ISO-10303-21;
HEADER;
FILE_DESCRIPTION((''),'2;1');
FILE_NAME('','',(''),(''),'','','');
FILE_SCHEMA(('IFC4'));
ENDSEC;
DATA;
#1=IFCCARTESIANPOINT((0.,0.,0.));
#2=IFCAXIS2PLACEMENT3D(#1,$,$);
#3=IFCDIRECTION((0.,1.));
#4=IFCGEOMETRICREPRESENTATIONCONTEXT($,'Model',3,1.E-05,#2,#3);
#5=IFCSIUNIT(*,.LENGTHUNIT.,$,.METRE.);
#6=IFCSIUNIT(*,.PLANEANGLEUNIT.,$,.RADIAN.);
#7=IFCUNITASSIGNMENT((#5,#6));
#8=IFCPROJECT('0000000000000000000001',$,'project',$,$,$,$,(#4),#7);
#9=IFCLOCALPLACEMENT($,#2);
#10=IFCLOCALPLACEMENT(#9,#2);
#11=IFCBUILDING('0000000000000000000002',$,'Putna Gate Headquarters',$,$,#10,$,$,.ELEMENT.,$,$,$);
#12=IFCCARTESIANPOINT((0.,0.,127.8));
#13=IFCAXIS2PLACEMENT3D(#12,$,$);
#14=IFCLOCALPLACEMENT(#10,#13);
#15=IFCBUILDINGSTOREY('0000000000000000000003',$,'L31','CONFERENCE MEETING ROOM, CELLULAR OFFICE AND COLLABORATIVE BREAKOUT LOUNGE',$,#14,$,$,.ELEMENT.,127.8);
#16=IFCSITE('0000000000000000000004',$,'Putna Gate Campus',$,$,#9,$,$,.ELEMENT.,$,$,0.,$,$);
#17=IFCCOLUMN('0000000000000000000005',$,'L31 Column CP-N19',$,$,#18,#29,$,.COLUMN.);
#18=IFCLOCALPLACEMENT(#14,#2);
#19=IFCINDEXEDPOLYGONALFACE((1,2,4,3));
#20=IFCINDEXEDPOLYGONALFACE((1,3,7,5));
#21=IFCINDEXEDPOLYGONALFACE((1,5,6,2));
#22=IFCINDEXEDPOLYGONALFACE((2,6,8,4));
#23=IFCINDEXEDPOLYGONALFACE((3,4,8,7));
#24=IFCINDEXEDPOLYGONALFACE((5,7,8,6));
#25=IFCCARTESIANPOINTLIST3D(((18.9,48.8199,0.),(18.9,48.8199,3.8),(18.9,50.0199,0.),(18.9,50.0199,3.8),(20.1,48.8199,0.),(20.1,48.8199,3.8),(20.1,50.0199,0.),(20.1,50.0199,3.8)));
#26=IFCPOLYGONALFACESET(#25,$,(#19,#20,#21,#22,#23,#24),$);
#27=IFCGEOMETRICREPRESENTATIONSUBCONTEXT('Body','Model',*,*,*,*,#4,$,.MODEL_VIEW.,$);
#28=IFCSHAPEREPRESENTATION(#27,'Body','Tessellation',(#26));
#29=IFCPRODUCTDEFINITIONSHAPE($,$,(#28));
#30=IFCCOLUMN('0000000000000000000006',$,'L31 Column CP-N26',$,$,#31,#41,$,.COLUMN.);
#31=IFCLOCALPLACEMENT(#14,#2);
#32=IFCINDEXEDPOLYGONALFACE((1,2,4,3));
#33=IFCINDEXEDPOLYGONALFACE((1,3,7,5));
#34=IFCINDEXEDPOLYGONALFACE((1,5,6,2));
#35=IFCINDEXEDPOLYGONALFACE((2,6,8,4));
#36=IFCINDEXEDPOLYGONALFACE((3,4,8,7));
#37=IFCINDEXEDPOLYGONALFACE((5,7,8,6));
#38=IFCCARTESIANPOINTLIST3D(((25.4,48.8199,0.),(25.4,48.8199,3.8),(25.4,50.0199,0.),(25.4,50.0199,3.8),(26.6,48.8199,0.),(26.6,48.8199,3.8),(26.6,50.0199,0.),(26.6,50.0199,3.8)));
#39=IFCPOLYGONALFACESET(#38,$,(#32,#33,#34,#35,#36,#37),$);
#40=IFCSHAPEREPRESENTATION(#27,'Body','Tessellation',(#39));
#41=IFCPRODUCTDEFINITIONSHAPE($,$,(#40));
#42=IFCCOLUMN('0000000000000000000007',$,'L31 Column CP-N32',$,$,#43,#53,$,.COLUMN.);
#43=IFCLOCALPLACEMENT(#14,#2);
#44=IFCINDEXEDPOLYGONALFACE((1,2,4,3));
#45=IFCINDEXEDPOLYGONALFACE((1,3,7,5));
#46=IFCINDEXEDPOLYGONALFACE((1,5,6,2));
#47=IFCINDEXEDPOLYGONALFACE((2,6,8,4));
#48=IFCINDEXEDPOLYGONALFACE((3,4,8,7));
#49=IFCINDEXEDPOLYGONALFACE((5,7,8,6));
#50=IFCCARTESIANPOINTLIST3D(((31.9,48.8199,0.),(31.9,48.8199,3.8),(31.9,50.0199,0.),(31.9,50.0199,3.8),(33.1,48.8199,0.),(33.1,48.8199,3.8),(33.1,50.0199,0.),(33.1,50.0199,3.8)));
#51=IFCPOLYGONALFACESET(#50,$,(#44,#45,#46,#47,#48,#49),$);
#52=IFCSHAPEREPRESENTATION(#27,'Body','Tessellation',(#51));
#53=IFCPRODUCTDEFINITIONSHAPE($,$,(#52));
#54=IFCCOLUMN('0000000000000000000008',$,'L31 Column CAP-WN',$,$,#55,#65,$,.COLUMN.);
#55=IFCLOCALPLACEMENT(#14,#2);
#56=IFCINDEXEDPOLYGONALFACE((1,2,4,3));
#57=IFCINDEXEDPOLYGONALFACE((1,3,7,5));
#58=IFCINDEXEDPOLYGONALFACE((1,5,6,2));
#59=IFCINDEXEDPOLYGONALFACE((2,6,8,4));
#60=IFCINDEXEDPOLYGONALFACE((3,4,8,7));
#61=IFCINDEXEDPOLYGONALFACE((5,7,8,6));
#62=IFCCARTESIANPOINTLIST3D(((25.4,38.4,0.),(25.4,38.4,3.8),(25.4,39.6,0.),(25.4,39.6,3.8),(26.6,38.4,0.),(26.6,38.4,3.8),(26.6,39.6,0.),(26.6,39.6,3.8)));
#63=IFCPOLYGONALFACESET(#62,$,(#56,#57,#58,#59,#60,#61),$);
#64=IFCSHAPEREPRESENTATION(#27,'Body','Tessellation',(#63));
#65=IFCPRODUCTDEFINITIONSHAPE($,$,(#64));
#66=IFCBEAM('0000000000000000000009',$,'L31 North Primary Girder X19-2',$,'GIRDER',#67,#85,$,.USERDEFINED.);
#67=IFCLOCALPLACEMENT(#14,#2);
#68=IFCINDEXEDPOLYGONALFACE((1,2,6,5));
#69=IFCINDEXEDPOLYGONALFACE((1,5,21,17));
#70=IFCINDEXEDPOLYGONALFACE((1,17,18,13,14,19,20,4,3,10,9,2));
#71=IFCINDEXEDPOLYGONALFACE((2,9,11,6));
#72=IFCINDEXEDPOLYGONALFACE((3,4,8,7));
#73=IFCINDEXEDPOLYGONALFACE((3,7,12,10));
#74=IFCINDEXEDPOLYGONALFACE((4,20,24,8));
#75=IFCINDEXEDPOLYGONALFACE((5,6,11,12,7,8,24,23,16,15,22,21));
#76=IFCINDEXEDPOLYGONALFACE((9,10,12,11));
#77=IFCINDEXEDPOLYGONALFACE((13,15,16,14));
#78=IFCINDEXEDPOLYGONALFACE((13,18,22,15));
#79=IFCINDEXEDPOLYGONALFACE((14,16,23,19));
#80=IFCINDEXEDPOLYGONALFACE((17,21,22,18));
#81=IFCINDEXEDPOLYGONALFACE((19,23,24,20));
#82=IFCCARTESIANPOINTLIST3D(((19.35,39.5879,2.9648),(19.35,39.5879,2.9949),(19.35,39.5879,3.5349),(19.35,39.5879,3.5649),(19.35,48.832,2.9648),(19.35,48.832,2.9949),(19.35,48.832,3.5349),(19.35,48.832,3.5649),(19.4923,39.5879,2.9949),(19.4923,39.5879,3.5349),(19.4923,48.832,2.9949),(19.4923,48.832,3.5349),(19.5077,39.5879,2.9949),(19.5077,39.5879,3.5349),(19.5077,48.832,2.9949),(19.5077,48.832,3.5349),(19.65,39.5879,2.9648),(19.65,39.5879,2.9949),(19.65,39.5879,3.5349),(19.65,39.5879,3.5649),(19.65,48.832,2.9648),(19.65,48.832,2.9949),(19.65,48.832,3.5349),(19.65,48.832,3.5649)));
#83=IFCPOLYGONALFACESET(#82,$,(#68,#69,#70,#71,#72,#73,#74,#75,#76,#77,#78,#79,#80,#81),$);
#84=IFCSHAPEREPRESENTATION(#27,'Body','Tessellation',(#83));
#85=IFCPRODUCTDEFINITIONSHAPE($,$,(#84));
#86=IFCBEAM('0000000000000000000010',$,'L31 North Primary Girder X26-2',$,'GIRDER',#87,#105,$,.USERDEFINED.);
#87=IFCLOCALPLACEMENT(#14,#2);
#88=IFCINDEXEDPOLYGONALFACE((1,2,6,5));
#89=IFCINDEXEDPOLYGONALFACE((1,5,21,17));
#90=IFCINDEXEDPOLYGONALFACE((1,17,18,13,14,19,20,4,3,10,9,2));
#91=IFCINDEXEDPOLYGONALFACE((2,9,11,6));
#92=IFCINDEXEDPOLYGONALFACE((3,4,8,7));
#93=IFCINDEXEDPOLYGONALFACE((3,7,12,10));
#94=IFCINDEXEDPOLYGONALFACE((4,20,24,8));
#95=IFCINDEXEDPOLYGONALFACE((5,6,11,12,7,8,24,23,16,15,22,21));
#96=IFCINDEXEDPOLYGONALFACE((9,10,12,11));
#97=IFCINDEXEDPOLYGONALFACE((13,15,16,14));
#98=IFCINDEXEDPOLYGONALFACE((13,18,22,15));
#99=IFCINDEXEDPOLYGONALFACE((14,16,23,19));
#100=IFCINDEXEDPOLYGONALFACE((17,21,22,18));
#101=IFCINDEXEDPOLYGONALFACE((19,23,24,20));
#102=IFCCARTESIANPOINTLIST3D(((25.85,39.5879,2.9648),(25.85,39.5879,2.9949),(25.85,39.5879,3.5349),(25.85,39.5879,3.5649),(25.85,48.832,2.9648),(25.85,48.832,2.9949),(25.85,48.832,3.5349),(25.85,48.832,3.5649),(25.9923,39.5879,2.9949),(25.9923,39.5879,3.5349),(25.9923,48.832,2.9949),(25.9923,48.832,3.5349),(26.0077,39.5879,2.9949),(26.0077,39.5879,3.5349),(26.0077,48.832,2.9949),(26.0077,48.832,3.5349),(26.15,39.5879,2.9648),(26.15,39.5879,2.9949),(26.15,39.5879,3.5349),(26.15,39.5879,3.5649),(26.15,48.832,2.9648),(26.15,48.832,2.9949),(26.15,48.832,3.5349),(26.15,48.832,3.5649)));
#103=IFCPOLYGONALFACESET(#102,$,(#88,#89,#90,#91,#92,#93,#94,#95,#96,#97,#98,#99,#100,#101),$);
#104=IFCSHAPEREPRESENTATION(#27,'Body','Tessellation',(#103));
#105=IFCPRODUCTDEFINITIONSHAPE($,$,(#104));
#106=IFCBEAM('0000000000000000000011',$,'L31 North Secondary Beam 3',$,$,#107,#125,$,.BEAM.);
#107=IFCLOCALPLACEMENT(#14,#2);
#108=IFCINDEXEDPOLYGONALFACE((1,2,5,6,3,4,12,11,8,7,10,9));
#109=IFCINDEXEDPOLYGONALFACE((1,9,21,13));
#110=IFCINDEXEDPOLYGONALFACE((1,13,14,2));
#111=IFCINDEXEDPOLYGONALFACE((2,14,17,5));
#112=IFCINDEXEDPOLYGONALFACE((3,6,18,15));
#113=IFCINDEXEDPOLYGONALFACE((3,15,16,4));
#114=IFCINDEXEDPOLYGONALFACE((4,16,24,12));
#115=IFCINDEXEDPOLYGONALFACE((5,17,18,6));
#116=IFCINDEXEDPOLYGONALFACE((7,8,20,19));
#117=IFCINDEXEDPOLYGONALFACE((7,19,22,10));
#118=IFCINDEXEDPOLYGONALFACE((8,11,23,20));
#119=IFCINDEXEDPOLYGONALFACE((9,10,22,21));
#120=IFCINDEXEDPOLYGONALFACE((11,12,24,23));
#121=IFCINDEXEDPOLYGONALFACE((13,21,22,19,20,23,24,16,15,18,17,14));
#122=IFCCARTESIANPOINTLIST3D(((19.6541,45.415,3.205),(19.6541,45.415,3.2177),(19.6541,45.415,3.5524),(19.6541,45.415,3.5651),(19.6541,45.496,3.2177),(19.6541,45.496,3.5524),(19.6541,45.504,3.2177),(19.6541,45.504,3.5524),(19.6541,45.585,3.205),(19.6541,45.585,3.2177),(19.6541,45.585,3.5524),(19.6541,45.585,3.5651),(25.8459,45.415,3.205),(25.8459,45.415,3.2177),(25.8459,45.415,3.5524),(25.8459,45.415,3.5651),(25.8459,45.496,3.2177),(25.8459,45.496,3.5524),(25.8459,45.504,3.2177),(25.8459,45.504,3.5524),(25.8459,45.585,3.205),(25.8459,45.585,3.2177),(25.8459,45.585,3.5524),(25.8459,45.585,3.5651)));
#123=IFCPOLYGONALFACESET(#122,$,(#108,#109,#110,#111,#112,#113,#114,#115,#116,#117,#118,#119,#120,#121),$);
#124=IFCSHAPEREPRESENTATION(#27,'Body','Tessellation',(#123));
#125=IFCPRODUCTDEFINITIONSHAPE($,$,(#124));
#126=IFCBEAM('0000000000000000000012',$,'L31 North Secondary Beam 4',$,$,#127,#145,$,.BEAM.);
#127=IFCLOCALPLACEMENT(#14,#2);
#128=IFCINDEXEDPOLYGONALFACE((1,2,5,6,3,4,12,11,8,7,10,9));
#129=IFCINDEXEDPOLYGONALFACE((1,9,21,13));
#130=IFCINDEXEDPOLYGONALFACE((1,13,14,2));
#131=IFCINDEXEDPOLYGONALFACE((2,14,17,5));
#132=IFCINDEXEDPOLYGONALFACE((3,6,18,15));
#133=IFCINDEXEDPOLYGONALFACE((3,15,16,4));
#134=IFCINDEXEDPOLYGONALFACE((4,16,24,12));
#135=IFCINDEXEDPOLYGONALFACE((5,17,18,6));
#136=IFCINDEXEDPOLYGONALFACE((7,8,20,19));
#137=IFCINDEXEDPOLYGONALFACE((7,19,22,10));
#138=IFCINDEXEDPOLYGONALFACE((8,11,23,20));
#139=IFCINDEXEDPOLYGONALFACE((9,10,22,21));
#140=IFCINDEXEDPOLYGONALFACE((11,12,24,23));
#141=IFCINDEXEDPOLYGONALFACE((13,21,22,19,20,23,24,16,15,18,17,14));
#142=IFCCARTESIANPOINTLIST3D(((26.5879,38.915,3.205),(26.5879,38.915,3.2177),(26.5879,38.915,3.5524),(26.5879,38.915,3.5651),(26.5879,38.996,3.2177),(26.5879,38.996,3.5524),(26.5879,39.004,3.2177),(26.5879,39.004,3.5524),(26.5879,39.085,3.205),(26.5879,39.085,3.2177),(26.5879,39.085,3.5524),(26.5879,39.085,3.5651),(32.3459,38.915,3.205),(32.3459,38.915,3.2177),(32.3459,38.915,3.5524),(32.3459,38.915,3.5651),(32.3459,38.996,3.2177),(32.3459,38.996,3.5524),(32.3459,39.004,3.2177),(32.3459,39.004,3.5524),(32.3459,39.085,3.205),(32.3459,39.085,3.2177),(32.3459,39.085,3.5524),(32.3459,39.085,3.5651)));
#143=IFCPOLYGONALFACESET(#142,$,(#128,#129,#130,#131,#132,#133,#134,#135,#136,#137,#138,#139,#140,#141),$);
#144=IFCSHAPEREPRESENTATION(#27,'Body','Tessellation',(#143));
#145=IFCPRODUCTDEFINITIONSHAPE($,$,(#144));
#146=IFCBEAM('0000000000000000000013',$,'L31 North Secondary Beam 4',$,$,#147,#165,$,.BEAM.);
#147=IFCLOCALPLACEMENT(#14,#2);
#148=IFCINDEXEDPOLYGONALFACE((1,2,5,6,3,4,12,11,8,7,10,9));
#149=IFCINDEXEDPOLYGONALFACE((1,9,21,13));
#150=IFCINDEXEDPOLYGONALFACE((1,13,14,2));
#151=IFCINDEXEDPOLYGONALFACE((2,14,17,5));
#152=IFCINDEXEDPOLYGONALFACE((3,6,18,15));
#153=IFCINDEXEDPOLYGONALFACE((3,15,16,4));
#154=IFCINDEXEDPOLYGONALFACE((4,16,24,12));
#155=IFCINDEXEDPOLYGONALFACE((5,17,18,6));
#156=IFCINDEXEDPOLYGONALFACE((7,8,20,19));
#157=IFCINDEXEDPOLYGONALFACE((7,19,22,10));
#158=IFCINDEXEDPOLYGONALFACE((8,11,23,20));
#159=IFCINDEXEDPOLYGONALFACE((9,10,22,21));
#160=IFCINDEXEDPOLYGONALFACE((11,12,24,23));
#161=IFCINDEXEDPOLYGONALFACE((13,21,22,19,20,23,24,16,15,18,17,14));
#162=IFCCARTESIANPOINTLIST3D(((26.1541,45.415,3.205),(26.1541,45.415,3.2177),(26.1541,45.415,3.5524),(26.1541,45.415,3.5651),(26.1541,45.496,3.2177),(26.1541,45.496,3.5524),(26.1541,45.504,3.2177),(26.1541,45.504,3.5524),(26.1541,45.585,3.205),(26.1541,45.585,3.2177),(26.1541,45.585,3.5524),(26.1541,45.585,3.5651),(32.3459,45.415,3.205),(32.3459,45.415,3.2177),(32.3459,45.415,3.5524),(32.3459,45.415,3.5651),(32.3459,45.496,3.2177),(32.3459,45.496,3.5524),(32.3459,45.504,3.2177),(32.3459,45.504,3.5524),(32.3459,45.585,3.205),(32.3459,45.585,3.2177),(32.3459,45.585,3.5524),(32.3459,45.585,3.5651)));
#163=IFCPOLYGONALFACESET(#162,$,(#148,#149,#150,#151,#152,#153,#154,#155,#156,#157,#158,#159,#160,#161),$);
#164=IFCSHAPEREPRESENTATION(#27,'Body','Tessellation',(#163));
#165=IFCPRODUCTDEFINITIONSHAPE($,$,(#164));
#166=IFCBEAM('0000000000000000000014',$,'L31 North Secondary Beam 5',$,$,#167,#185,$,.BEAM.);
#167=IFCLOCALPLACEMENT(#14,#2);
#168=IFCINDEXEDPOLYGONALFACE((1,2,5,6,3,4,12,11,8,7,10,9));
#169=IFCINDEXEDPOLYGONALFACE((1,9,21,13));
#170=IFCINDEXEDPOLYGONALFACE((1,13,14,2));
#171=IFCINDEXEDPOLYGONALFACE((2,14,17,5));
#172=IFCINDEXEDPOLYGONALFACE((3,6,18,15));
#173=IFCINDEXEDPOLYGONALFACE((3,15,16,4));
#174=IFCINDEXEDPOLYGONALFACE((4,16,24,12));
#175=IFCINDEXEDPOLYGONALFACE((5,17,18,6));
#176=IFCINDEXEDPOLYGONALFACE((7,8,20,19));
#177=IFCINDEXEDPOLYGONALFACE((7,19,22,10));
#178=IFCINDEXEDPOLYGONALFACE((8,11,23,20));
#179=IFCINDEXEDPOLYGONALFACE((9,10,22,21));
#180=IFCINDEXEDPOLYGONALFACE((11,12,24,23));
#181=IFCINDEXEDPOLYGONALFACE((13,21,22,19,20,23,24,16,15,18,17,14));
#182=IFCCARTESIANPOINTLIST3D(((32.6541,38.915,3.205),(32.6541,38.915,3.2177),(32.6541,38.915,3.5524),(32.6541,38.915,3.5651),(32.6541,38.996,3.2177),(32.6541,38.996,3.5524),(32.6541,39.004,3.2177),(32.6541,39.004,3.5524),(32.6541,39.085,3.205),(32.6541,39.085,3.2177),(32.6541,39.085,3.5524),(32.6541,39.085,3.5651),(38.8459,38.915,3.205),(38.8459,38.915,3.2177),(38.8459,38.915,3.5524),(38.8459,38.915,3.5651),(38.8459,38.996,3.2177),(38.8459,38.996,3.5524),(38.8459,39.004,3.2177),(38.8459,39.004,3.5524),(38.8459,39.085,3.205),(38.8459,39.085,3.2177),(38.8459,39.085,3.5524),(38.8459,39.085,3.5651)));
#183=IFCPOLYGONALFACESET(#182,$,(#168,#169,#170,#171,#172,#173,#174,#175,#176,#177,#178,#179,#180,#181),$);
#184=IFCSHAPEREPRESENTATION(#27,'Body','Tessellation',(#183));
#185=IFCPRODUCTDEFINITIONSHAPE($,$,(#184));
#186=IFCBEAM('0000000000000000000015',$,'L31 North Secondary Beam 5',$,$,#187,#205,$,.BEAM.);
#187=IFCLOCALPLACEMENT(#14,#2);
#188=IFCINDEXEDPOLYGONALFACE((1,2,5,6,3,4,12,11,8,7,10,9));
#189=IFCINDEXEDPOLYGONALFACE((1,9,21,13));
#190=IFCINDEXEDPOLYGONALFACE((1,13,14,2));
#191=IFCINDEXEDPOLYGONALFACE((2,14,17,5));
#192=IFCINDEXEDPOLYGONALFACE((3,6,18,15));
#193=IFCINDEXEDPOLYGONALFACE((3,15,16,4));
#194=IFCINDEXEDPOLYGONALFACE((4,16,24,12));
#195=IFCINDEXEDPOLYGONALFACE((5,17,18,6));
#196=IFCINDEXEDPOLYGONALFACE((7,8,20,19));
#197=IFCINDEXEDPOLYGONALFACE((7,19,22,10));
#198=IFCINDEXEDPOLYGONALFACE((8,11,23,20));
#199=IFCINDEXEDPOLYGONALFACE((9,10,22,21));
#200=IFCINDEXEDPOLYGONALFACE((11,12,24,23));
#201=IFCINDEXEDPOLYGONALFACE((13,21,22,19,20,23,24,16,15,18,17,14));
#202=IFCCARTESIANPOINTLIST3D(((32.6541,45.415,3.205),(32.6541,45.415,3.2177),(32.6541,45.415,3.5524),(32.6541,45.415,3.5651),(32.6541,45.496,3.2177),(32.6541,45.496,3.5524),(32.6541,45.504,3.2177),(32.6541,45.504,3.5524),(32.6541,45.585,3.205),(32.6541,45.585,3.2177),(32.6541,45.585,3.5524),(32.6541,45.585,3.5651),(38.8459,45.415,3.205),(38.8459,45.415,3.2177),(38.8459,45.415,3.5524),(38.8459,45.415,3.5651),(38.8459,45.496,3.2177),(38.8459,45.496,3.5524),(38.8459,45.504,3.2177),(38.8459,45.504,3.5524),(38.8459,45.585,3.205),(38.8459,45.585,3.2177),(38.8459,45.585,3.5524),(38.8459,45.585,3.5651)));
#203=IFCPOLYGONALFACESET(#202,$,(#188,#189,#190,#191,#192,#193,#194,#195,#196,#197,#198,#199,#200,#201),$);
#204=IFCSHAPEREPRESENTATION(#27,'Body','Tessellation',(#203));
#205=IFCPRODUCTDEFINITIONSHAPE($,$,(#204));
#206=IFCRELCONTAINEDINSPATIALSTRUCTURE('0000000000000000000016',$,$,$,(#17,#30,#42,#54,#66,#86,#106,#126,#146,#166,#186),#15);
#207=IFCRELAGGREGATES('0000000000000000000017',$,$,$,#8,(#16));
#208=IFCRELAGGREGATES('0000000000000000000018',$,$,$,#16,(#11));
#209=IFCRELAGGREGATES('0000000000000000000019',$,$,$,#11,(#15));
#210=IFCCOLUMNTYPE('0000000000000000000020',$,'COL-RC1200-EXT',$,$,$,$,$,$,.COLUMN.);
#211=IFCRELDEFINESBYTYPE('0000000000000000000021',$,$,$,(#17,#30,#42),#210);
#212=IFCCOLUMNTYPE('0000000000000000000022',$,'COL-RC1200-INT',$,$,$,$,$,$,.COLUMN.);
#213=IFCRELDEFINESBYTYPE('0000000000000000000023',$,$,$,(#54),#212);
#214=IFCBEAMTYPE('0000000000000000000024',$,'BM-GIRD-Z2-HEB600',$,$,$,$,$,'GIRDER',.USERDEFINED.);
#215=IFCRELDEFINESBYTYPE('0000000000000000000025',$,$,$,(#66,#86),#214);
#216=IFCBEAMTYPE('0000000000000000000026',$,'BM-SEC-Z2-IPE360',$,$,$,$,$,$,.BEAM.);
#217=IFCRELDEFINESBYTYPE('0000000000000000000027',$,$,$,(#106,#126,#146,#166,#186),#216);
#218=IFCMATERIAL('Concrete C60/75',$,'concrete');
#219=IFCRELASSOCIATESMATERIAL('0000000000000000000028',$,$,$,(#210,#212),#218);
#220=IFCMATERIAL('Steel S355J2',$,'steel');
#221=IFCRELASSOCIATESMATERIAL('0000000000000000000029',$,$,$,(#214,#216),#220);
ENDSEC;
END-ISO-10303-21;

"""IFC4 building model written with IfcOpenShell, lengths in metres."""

from ifc_helpers import new_model, si_unit, direction, frame, origin, origin_2d, place, context, subcontext, project, spatial, rectangle, i_section, extrude, material, material_profile, profile_set, type_object, element, save


model = new_model("IFC4")

# Units and contexts
model_context = context("Model", 3, precision=1e-05, world=origin(), true_north=direction((0.0, 1.0)))
body_context = subcontext(model_context, "Body", "Model", "MODEL_VIEW")
ifc_project = project(units=[si_unit("LENGTHUNIT", "METRE"), si_unit("PLANEANGLEUNIT", "RADIAN")], contexts=[model_context])

# Site, building, storey
site_placement = place(None, origin())
site = spatial("IfcSite", under=ifc_project, at=site_placement, Name="Putna Gate Campus", CompositionType="ELEMENT", RefElevation=0.0)
building_placement = place(site_placement, origin())
building = spatial("IfcBuilding", under=site, at=building_placement, Name="Putna Gate Headquarters", CompositionType="ELEMENT")
storey_placement = place(building_placement, frame((0.0, 0.0, 127.8)))
storey = spatial("IfcBuildingStorey", under=building, at=storey_placement, Name="L31", Description="CONFERENCE MEETING ROOM, CELLULAR OFFICE AND COLLABORATIVE BREAKOUT LOUNGE", CompositionType="ELEMENT", Elevation=127.8)

# Columns
ifc_material_1 = material(Name="Concrete C60/75", Category="concrete")
ifc_material_profile_1 = material_profile(ifc_material_1, rectangle(XDim=1.2, YDim=1.2, at=origin_2d()), Name="Concrete C60/75")
ifc_profile_set_1 = profile_set([ifc_material_profile_1], Name="Concrete C60/75")
column_type_1 = type_object("IfcColumnType", Name="COL-RC1200-EXT", PredefinedType="COLUMN", material=ifc_profile_set_1)
for number, where, z_axis, x_axis, name in (
    (1, (19.5, 49.4199, 0.0), (0.0, 0.0, 1.0), (1.0, 0.0, 0.0), "L31 Column CP-N19"),
    (2, (26.0, 49.4199, 0.0), (0.0, 0.0, 1.0), (1.0, 0.0, 0.0), "L31 Column CP-N26"),
    (3, (32.5, 49.4199, 0.0), (0.0, 0.0, 1.0), (1.0, 0.0, 0.0), "L31 Column CP-N32"),
):
    element("IfcColumn", number, at=place(storey_placement, frame(where, z_axis=z_axis, x_axis=x_axis)), inside=storey, type_object=column_type_1, Name=name, PredefinedType="COLUMN", context=body_context, shape_type="SweptSolid", body=[
        extrude(rectangle(XDim=1.2, YDim=1.2, at=origin_2d()), origin(), (0.0, 0.0, 1.0), 3.8),
    ])
ifc_material_profile_2 = material_profile(ifc_material_1, rectangle(XDim=1.2, YDim=1.2, at=origin_2d()), Name="Concrete C60/75")
ifc_profile_set_2 = profile_set([ifc_material_profile_2], Name="Concrete C60/75")
column_type_2 = type_object("IfcColumnType", Name="COL-RC1200-INT", PredefinedType="COLUMN", material=ifc_profile_set_2)
column_placement = place(storey_placement, frame((26.0, 39.0, 0.0), z_axis=(0.0, 0.0, 1.0), x_axis=(1.0, 0.0, 0.0)))
element("IfcColumn", 4, at=column_placement, inside=storey, type_object=column_type_2, Name="L31 Column CAP-WN", PredefinedType="COLUMN", context=body_context, shape_type="SweptSolid", body=[
    extrude(rectangle(XDim=1.2, YDim=1.2, at=origin_2d()), origin(), (0.0, 0.0, 1.0), 3.8),
])

# Beams
ifc_material_2 = material(Name="Steel S355J2", Category="steel")
ifc_material_profile_3 = material_profile(ifc_material_2, i_section(OverallWidth=0.3, OverallDepth=0.6001, WebThickness=0.0154, FlangeThickness=0.03, at=origin_2d()), Name="Steel S355J2")
ifc_profile_set_3 = profile_set([ifc_material_profile_3], Name="Steel S355J2")
beam_type_1 = type_object("IfcBeamType", Name="BM-GIRD-Z2-HEB600", ElementType="GIRDER", PredefinedType="USERDEFINED", material=ifc_profile_set_3)
for number, where, z_axis, x_axis, name in (
    (5, (19.5, 39.5879, 3.2649), (0.0, 1.0, 0.0), (-1.0, 0.0, 0.0), "L31 North Primary Girder X19-2"),
    (6, (26.0, 39.5879, 3.2649), (0.0, 1.0, 0.0), (-1.0, 0.0, 0.0), "L31 North Primary Girder X26-2"),
):
    element("IfcBeam", number, at=place(storey_placement, frame(where, z_axis=z_axis, x_axis=x_axis)), inside=storey, type_object=beam_type_1, Name=name, ObjectType="GIRDER", PredefinedType="USERDEFINED", context=body_context, shape_type="SweptSolid", body=[
        extrude(i_section(OverallWidth=0.3, OverallDepth=0.6001, WebThickness=0.0154, FlangeThickness=0.03, at=origin_2d()), origin(), (0.0, 0.0, 1.0), 9.2441),
    ])
ifc_material_profile_4 = material_profile(ifc_material_2, i_section(OverallWidth=0.1699, OverallDepth=0.3601, WebThickness=0.0081, FlangeThickness=0.0127, at=origin_2d()), Name="Steel S355J2")
ifc_profile_set_4 = profile_set([ifc_material_profile_4], Name="Steel S355J2")
beam_type_2 = type_object("IfcBeamType", Name="BM-SEC-Z2-IPE360", PredefinedType="BEAM", material=ifc_profile_set_4)
beam_1_placement = place(storey_placement, frame((19.6541, 45.5, 3.385), z_axis=(1.0, 0.0, 0.0), x_axis=(0.0, 1.0, 0.0)))
element("IfcBeam", 7, at=beam_1_placement, inside=storey, type_object=beam_type_2, Name="L31 North Secondary Beam 3", PredefinedType="BEAM", context=body_context, shape_type="SweptSolid", body=[
    extrude(i_section(OverallWidth=0.1699, OverallDepth=0.3601, WebThickness=0.0081, FlangeThickness=0.0127, at=origin_2d()), origin(), (0.0, 0.0, 1.0), 6.1919),
])
beam_2_placement = place(storey_placement, frame((26.5879, 39.0, 3.385), z_axis=(1.0, 0.0, 0.0), x_axis=(0.0, 1.0, 0.0)))
element("IfcBeam", 8, at=beam_2_placement, inside=storey, type_object=beam_type_2, Name="L31 North Secondary Beam 4", PredefinedType="BEAM", context=body_context, shape_type="SweptSolid", body=[
    extrude(i_section(OverallWidth=0.1699, OverallDepth=0.3601, WebThickness=0.0081, FlangeThickness=0.0127, at=origin_2d()), origin(), (0.0, 0.0, 1.0), 5.7581),
])
for number, where, z_axis, x_axis, name in (
    (9, (26.1541, 45.5, 3.385), (1.0, 0.0, 0.0), (0.0, 1.0, 0.0), "L31 North Secondary Beam 4"),
    (10, (32.6541, 39.0, 3.385), (1.0, 0.0, 0.0), (0.0, 1.0, 0.0), "L31 North Secondary Beam 5"),
    (11, (32.6541, 45.5, 3.385), (1.0, 0.0, 0.0), (0.0, 1.0, 0.0), "L31 North Secondary Beam 5"),
):
    element("IfcBeam", number, at=place(storey_placement, frame(where, z_axis=z_axis, x_axis=x_axis)), inside=storey, type_object=beam_type_2, Name=name, PredefinedType="BEAM", context=body_context, shape_type="SweptSolid", body=[
        extrude(i_section(OverallWidth=0.1699, OverallDepth=0.3601, WebThickness=0.0081, FlangeThickness=0.0127, at=origin_2d()), origin(), (0.0, 0.0, 1.0), 6.1919),
    ])

save(model, "model.ifc")
